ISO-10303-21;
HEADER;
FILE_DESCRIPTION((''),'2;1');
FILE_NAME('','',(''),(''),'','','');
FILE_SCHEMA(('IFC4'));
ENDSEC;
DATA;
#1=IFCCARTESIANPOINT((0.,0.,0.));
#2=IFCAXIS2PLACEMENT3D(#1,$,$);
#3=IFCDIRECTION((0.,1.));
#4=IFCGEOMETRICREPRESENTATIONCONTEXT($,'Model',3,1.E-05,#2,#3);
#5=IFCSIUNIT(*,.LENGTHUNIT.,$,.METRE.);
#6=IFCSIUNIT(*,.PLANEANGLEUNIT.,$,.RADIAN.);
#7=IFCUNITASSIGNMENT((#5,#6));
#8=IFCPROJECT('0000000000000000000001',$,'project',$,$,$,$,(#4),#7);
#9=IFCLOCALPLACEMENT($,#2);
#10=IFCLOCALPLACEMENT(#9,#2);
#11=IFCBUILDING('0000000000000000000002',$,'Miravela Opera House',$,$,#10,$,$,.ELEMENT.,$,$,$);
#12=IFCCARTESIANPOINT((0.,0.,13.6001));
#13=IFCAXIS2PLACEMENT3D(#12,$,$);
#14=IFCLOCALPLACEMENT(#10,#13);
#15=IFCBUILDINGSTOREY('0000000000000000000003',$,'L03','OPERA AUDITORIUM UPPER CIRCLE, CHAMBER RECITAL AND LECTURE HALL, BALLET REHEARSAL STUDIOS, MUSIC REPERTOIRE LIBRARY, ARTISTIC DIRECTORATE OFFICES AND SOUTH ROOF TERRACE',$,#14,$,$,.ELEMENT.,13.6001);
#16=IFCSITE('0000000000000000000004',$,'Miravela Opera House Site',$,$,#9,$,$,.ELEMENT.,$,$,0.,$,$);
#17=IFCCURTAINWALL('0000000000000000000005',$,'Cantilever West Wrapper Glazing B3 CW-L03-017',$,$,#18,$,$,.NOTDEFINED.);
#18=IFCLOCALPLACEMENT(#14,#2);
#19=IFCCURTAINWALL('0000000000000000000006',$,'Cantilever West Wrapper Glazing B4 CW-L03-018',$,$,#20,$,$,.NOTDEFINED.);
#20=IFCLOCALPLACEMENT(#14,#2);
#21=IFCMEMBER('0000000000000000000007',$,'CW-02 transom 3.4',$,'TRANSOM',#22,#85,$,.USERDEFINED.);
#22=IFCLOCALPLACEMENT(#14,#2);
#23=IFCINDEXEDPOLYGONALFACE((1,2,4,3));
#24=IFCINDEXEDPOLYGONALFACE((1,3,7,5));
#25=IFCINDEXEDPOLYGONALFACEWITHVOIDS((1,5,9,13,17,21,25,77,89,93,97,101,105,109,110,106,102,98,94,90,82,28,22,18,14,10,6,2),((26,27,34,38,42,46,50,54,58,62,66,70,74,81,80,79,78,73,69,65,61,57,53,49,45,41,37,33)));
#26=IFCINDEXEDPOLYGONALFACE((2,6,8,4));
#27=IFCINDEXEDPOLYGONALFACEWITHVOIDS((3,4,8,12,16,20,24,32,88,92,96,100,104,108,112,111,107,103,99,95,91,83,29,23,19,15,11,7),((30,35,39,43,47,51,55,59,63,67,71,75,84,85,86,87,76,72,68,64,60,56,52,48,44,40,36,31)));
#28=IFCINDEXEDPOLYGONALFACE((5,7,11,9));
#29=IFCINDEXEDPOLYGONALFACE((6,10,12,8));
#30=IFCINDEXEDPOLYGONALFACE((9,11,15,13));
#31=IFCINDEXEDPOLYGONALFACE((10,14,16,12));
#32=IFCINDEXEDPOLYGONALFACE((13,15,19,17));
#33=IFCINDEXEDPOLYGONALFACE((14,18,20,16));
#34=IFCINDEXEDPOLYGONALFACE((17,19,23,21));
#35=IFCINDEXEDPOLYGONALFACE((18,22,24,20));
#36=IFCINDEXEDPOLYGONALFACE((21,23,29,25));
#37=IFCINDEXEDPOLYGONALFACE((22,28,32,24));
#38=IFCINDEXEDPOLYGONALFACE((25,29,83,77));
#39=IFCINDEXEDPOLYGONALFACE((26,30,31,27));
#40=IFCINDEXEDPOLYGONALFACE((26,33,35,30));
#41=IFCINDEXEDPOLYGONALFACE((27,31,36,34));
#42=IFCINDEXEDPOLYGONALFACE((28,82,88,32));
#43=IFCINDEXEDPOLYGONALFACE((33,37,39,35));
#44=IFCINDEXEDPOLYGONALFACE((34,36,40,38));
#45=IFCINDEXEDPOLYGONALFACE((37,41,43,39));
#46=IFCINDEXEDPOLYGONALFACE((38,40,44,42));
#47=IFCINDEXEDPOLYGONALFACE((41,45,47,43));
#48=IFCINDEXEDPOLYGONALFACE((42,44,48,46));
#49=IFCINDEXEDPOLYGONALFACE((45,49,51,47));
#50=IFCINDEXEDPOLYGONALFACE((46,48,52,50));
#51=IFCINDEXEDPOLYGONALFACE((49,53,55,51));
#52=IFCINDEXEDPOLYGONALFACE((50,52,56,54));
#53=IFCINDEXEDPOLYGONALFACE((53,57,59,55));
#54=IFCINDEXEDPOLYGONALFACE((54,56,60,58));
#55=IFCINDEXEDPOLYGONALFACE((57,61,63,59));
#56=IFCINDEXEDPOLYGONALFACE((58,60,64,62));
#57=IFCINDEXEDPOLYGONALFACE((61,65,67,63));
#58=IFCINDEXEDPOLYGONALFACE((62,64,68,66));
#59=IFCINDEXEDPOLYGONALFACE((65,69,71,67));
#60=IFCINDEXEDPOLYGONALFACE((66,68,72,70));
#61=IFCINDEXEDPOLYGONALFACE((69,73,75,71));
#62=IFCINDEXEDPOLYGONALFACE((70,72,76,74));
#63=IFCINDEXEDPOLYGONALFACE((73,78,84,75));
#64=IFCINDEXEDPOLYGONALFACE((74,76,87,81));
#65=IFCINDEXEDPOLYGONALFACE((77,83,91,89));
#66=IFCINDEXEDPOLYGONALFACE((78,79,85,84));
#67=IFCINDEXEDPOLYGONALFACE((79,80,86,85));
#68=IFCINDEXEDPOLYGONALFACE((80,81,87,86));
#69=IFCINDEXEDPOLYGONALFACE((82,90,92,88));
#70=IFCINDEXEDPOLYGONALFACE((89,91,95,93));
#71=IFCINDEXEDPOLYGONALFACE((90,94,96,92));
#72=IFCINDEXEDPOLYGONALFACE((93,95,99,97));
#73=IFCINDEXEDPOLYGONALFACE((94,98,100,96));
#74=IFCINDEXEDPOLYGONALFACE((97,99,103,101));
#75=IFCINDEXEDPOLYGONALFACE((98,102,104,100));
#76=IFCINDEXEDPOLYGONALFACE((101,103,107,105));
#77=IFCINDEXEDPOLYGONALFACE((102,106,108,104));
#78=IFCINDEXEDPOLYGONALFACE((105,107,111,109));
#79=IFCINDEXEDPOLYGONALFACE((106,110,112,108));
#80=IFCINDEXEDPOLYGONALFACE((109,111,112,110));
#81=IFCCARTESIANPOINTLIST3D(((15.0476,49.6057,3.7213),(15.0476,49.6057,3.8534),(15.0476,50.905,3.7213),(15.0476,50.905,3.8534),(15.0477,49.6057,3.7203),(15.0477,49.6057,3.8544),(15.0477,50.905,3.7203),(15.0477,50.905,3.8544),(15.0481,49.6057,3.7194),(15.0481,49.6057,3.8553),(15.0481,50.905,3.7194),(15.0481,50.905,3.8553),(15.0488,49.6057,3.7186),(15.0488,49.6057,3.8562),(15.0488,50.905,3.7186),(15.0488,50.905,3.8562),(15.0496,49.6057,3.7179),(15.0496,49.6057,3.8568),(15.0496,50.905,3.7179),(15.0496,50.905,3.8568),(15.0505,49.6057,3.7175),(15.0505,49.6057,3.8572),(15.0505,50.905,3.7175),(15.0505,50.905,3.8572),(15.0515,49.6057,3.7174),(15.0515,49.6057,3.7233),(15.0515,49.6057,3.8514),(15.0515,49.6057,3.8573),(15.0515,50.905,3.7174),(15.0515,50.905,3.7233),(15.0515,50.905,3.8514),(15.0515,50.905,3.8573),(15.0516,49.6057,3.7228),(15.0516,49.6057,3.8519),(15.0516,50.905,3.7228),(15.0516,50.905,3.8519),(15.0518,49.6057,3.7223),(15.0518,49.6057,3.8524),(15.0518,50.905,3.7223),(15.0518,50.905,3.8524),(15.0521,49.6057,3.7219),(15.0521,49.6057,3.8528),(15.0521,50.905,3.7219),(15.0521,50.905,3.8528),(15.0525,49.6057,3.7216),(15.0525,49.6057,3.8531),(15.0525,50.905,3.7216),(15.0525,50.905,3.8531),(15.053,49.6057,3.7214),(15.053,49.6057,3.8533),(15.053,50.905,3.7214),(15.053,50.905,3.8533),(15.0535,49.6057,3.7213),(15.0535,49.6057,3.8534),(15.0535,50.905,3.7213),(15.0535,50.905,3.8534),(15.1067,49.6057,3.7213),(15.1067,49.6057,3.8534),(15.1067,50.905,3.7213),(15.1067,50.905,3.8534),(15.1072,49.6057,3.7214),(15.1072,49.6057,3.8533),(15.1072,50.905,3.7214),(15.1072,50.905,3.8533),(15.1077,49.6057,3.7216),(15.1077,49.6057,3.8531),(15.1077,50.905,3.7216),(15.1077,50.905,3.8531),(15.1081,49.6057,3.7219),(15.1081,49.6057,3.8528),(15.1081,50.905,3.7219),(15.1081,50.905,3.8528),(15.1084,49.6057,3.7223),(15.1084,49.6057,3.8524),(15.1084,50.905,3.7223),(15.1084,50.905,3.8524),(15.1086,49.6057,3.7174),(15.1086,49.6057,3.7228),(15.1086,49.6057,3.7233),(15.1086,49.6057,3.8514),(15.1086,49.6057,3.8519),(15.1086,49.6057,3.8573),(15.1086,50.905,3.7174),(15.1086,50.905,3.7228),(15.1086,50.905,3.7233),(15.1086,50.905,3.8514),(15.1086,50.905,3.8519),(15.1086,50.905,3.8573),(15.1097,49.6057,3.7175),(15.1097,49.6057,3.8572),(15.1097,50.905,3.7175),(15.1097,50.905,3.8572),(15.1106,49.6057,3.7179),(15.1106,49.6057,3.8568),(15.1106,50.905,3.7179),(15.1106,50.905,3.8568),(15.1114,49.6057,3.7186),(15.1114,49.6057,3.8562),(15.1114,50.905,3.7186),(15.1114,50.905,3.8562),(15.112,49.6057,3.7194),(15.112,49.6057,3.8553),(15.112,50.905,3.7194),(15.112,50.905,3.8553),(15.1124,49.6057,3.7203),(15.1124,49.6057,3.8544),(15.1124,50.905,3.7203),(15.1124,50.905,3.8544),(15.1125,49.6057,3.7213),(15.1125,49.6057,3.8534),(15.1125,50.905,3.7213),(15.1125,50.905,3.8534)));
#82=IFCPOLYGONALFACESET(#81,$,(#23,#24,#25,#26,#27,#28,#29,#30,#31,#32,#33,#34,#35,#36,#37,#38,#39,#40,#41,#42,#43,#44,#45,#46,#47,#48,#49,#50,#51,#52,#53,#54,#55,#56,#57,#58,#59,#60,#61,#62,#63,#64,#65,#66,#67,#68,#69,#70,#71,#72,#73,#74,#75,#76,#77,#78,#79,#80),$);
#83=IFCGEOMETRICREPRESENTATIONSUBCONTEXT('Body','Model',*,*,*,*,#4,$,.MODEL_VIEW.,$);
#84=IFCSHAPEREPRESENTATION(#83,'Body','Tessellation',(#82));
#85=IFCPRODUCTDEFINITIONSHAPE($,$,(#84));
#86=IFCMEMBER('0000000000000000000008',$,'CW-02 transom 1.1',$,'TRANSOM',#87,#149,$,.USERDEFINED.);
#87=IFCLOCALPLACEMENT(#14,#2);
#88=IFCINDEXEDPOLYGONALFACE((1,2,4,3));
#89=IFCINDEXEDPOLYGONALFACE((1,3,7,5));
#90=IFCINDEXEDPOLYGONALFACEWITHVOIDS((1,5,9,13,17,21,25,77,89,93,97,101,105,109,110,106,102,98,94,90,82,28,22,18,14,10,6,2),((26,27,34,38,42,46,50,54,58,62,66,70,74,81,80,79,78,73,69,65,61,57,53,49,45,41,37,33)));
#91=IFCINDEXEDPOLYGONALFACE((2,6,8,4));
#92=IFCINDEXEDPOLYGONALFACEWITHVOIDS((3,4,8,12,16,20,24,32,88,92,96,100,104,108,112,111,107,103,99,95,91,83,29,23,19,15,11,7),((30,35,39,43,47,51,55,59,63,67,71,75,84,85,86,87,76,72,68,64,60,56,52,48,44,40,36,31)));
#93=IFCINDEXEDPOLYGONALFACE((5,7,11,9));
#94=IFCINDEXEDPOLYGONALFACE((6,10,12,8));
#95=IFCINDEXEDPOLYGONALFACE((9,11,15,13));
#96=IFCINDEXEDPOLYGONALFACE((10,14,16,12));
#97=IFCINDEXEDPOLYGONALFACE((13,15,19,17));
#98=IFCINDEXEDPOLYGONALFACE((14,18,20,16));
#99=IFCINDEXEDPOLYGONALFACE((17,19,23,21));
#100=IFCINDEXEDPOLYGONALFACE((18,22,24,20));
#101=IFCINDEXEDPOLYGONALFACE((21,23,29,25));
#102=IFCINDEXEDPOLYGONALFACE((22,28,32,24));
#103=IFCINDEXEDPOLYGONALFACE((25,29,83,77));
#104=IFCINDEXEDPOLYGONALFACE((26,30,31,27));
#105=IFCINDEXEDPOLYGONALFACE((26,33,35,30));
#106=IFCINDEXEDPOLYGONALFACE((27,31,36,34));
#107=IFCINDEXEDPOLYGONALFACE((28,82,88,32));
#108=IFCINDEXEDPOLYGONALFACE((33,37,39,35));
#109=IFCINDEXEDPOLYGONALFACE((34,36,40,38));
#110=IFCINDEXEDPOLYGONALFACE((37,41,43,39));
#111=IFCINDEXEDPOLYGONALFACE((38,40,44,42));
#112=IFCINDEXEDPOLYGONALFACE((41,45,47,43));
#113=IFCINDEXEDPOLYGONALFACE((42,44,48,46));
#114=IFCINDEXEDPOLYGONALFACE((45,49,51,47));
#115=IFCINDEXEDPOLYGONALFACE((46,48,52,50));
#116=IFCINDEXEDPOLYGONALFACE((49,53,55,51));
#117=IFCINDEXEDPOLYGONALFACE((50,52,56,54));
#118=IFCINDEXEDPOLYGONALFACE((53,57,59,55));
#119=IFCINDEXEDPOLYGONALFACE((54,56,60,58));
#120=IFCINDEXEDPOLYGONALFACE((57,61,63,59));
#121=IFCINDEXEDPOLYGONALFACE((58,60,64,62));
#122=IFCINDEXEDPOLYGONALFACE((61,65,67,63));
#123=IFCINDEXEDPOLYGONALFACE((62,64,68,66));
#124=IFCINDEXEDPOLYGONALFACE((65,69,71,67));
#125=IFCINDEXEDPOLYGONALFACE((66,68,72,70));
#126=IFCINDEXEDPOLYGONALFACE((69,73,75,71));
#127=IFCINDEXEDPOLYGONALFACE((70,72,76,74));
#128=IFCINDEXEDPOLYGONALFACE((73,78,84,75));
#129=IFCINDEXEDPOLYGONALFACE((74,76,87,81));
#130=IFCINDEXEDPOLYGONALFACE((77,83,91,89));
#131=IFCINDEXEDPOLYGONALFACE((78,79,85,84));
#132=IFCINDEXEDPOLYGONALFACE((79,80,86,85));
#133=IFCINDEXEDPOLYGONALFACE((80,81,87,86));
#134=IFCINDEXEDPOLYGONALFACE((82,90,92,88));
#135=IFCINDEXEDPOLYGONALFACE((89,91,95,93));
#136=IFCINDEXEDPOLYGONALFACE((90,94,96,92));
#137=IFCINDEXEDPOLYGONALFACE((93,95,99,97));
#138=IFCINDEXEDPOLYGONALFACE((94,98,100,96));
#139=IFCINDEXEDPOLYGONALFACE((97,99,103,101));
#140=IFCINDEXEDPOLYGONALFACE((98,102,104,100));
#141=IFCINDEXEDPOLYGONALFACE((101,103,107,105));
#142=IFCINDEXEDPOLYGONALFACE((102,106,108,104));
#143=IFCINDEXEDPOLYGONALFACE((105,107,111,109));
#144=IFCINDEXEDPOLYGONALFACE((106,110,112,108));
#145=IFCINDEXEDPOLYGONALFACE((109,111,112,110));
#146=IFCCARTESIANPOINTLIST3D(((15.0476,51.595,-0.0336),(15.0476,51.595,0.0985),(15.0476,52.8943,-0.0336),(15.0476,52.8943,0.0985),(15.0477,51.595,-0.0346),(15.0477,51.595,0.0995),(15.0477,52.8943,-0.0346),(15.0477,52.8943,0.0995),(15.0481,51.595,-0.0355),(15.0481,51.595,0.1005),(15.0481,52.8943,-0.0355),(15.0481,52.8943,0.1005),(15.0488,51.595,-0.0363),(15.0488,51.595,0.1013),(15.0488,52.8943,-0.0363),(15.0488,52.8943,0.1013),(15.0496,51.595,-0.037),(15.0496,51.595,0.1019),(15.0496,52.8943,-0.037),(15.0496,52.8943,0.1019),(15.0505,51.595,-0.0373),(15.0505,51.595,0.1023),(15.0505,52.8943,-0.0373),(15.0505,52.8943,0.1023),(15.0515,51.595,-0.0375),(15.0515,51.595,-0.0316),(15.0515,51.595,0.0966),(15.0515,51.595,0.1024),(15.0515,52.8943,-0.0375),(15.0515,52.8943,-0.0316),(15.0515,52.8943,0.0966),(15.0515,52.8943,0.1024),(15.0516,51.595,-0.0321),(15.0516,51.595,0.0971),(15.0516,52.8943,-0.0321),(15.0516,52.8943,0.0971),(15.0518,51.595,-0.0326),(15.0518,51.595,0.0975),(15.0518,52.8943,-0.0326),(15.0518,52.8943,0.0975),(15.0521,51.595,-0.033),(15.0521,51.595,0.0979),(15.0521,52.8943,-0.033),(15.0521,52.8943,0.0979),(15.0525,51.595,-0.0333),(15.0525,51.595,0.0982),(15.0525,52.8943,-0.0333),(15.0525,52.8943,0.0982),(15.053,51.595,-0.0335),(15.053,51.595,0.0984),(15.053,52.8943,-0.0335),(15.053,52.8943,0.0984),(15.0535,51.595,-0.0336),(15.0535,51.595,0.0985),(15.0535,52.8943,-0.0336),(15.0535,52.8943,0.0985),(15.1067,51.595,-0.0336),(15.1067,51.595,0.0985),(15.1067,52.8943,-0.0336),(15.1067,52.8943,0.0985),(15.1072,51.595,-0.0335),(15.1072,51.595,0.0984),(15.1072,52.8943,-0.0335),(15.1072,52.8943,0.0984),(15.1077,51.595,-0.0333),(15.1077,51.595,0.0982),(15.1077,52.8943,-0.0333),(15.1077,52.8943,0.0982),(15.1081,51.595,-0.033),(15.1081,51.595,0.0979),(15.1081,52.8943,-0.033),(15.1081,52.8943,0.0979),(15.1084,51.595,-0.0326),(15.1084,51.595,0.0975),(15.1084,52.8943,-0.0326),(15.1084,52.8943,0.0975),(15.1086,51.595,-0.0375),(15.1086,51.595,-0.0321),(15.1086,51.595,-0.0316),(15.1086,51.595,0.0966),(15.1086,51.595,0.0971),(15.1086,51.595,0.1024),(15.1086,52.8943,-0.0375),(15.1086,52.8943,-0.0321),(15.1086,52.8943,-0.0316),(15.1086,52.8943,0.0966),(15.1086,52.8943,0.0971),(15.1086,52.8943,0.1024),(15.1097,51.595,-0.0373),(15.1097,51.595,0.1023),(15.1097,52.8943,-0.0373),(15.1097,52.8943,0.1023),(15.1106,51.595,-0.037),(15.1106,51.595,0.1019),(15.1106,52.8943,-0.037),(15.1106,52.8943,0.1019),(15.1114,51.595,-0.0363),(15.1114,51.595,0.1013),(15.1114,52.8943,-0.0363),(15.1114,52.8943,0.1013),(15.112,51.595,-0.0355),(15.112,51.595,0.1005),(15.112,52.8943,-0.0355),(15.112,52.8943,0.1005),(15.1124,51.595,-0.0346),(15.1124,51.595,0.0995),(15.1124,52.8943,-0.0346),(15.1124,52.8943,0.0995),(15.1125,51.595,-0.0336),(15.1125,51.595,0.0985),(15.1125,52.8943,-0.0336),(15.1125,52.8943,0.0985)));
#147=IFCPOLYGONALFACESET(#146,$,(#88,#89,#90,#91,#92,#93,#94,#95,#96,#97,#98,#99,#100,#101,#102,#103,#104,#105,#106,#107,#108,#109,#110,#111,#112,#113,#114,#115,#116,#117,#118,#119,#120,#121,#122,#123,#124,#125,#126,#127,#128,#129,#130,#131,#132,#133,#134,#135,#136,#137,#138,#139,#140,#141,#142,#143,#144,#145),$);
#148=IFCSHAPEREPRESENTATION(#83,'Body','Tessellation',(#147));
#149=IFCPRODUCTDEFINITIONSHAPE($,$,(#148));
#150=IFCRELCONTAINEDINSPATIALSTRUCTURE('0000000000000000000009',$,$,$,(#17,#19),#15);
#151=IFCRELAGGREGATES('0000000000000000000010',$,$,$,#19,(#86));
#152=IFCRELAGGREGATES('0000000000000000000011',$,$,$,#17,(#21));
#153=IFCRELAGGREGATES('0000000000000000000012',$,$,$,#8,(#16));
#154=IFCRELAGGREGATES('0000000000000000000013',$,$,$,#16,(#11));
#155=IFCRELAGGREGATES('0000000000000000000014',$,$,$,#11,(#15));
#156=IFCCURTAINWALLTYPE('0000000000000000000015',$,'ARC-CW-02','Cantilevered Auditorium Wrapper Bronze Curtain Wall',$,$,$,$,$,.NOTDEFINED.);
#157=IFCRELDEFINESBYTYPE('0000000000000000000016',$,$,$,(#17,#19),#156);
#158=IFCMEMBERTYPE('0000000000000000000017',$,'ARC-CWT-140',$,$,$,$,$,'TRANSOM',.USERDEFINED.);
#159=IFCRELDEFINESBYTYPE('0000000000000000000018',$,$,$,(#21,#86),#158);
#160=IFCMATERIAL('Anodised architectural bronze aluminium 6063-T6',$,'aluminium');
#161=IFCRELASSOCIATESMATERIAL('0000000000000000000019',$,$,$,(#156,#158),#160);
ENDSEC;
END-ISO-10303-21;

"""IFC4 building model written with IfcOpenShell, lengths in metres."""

from ifc_helpers import new_model, si_unit, direction, frame, origin, origin_2d, place, context, subcontext, project, spatial, hollow_rectangle, extrude, material, material_profile, profile_set, type_object, element, aggregate, save


model = new_model("IFC4")

# Units and contexts
model_context = context("Model", 3, precision=1e-05, world=origin(), true_north=direction((0.0, 1.0)))
body_context = subcontext(model_context, "Body", "Model", "MODEL_VIEW")
ifc_project = project(units=[si_unit("LENGTHUNIT", "METRE"), si_unit("PLANEANGLEUNIT", "RADIAN")], contexts=[model_context])

# Site, building, storey
site_placement = place(None, origin())
site = spatial("IfcSite", under=ifc_project, at=site_placement, Name="Miravela Opera House Site", CompositionType="ELEMENT", RefElevation=0.0)
building_placement = place(site_placement, origin())
building = spatial("IfcBuilding", under=site, at=building_placement, Name="Miravela Opera House", CompositionType="ELEMENT")
storey_placement = place(building_placement, frame((0.0, 0.0, 13.6001)))
storey = spatial("IfcBuildingStorey", under=building, at=storey_placement, Name="L03", Description="OPERA AUDITORIUM UPPER CIRCLE, CHAMBER RECITAL AND LECTURE HALL, BALLET REHEARSAL STUDIOS, MUSIC REPERTOIRE LIBRARY, ARTISTIC DIRECTORATE OFFICES AND SOUTH ROOF TERRACE", CompositionType="ELEMENT", Elevation=13.6001)

# Curtain wall
ifc_material_1 = material(Name="Anodised architectural bronze aluminium 6063-T6", Category="aluminium")
curtain_wall_type = type_object("IfcCurtainWallType", Name="ARC-CW-02", Description="Cantilevered Auditorium Wrapper Bronze Curtain Wall", PredefinedType="NOTDEFINED", material=ifc_material_1)
curtain_wall_1_placement = place(storey_placement, origin())
curtain_wall_1 = element("IfcCurtainWall", 1, at=curtain_wall_1_placement, inside=storey, type_object=curtain_wall_type, Name="Cantilever West Wrapper Glazing B3 CW-L03-017", PredefinedType="NOTDEFINED")

# Curtain wall
curtain_wall_2_placement = place(storey_placement, origin())
curtain_wall_2 = element("IfcCurtainWall", 2, at=curtain_wall_2_placement, inside=storey, type_object=curtain_wall_type, Name="Cantilever West Wrapper Glazing B4 CW-L03-018", PredefinedType="NOTDEFINED")

# Members
ifc_material_profile_1 = material_profile(ifc_material_1, hollow_rectangle(XDim=0.0649, YDim=0.1399, WallThickness=0.0039, InnerFilletRadius=0.002, OuterFilletRadius=0.0039, at=origin_2d()), Name="CWT-65X140")
ifc_profile_set_1 = profile_set([ifc_material_profile_1])
member_type_1 = type_object("IfcMemberType", Name="ARC-CWT-140", ElementType="TRANSOM", PredefinedType="USERDEFINED", material=ifc_profile_set_1)
member_1_placement = place(storey_placement, frame((15.0801, 49.6057, 3.7874), z_axis=(0.0, 1.0, 0.0), x_axis=(-1.0, 0.0, 0.0)))
member_1 = element("IfcMember", 3, at=member_1_placement, type_object=member_type_1, Name="CW-02 transom 3.4", ObjectType="TRANSOM", PredefinedType="USERDEFINED", context=body_context, shape_type="SweptSolid", body=[
    extrude(hollow_rectangle(XDim=0.0649, YDim=0.1399, WallThickness=0.0039, InnerFilletRadius=0.002, OuterFilletRadius=0.0039, at=origin_2d()), origin(), (0.0, 0.0, 1.0), 1.2993),
])
member_2_placement = place(storey_placement, frame((15.0801, 51.595, 0.0325), z_axis=(0.0, 1.0, 0.0), x_axis=(-1.0, 0.0, 0.0)))
member_2 = element("IfcMember", 4, at=member_2_placement, type_object=member_type_1, Name="CW-02 transom 1.1", ObjectType="TRANSOM", PredefinedType="USERDEFINED", context=body_context, shape_type="SweptSolid", body=[
    extrude(hollow_rectangle(XDim=0.0649, YDim=0.1399, WallThickness=0.0039, InnerFilletRadius=0.002, OuterFilletRadius=0.0039, at=origin_2d()), origin(), (0.0, 0.0, 1.0), 1.2993),
])
aggregate(curtain_wall_2, [member_2])

aggregate(curtain_wall_1, [member_1])

save(model, "model.ifc")
